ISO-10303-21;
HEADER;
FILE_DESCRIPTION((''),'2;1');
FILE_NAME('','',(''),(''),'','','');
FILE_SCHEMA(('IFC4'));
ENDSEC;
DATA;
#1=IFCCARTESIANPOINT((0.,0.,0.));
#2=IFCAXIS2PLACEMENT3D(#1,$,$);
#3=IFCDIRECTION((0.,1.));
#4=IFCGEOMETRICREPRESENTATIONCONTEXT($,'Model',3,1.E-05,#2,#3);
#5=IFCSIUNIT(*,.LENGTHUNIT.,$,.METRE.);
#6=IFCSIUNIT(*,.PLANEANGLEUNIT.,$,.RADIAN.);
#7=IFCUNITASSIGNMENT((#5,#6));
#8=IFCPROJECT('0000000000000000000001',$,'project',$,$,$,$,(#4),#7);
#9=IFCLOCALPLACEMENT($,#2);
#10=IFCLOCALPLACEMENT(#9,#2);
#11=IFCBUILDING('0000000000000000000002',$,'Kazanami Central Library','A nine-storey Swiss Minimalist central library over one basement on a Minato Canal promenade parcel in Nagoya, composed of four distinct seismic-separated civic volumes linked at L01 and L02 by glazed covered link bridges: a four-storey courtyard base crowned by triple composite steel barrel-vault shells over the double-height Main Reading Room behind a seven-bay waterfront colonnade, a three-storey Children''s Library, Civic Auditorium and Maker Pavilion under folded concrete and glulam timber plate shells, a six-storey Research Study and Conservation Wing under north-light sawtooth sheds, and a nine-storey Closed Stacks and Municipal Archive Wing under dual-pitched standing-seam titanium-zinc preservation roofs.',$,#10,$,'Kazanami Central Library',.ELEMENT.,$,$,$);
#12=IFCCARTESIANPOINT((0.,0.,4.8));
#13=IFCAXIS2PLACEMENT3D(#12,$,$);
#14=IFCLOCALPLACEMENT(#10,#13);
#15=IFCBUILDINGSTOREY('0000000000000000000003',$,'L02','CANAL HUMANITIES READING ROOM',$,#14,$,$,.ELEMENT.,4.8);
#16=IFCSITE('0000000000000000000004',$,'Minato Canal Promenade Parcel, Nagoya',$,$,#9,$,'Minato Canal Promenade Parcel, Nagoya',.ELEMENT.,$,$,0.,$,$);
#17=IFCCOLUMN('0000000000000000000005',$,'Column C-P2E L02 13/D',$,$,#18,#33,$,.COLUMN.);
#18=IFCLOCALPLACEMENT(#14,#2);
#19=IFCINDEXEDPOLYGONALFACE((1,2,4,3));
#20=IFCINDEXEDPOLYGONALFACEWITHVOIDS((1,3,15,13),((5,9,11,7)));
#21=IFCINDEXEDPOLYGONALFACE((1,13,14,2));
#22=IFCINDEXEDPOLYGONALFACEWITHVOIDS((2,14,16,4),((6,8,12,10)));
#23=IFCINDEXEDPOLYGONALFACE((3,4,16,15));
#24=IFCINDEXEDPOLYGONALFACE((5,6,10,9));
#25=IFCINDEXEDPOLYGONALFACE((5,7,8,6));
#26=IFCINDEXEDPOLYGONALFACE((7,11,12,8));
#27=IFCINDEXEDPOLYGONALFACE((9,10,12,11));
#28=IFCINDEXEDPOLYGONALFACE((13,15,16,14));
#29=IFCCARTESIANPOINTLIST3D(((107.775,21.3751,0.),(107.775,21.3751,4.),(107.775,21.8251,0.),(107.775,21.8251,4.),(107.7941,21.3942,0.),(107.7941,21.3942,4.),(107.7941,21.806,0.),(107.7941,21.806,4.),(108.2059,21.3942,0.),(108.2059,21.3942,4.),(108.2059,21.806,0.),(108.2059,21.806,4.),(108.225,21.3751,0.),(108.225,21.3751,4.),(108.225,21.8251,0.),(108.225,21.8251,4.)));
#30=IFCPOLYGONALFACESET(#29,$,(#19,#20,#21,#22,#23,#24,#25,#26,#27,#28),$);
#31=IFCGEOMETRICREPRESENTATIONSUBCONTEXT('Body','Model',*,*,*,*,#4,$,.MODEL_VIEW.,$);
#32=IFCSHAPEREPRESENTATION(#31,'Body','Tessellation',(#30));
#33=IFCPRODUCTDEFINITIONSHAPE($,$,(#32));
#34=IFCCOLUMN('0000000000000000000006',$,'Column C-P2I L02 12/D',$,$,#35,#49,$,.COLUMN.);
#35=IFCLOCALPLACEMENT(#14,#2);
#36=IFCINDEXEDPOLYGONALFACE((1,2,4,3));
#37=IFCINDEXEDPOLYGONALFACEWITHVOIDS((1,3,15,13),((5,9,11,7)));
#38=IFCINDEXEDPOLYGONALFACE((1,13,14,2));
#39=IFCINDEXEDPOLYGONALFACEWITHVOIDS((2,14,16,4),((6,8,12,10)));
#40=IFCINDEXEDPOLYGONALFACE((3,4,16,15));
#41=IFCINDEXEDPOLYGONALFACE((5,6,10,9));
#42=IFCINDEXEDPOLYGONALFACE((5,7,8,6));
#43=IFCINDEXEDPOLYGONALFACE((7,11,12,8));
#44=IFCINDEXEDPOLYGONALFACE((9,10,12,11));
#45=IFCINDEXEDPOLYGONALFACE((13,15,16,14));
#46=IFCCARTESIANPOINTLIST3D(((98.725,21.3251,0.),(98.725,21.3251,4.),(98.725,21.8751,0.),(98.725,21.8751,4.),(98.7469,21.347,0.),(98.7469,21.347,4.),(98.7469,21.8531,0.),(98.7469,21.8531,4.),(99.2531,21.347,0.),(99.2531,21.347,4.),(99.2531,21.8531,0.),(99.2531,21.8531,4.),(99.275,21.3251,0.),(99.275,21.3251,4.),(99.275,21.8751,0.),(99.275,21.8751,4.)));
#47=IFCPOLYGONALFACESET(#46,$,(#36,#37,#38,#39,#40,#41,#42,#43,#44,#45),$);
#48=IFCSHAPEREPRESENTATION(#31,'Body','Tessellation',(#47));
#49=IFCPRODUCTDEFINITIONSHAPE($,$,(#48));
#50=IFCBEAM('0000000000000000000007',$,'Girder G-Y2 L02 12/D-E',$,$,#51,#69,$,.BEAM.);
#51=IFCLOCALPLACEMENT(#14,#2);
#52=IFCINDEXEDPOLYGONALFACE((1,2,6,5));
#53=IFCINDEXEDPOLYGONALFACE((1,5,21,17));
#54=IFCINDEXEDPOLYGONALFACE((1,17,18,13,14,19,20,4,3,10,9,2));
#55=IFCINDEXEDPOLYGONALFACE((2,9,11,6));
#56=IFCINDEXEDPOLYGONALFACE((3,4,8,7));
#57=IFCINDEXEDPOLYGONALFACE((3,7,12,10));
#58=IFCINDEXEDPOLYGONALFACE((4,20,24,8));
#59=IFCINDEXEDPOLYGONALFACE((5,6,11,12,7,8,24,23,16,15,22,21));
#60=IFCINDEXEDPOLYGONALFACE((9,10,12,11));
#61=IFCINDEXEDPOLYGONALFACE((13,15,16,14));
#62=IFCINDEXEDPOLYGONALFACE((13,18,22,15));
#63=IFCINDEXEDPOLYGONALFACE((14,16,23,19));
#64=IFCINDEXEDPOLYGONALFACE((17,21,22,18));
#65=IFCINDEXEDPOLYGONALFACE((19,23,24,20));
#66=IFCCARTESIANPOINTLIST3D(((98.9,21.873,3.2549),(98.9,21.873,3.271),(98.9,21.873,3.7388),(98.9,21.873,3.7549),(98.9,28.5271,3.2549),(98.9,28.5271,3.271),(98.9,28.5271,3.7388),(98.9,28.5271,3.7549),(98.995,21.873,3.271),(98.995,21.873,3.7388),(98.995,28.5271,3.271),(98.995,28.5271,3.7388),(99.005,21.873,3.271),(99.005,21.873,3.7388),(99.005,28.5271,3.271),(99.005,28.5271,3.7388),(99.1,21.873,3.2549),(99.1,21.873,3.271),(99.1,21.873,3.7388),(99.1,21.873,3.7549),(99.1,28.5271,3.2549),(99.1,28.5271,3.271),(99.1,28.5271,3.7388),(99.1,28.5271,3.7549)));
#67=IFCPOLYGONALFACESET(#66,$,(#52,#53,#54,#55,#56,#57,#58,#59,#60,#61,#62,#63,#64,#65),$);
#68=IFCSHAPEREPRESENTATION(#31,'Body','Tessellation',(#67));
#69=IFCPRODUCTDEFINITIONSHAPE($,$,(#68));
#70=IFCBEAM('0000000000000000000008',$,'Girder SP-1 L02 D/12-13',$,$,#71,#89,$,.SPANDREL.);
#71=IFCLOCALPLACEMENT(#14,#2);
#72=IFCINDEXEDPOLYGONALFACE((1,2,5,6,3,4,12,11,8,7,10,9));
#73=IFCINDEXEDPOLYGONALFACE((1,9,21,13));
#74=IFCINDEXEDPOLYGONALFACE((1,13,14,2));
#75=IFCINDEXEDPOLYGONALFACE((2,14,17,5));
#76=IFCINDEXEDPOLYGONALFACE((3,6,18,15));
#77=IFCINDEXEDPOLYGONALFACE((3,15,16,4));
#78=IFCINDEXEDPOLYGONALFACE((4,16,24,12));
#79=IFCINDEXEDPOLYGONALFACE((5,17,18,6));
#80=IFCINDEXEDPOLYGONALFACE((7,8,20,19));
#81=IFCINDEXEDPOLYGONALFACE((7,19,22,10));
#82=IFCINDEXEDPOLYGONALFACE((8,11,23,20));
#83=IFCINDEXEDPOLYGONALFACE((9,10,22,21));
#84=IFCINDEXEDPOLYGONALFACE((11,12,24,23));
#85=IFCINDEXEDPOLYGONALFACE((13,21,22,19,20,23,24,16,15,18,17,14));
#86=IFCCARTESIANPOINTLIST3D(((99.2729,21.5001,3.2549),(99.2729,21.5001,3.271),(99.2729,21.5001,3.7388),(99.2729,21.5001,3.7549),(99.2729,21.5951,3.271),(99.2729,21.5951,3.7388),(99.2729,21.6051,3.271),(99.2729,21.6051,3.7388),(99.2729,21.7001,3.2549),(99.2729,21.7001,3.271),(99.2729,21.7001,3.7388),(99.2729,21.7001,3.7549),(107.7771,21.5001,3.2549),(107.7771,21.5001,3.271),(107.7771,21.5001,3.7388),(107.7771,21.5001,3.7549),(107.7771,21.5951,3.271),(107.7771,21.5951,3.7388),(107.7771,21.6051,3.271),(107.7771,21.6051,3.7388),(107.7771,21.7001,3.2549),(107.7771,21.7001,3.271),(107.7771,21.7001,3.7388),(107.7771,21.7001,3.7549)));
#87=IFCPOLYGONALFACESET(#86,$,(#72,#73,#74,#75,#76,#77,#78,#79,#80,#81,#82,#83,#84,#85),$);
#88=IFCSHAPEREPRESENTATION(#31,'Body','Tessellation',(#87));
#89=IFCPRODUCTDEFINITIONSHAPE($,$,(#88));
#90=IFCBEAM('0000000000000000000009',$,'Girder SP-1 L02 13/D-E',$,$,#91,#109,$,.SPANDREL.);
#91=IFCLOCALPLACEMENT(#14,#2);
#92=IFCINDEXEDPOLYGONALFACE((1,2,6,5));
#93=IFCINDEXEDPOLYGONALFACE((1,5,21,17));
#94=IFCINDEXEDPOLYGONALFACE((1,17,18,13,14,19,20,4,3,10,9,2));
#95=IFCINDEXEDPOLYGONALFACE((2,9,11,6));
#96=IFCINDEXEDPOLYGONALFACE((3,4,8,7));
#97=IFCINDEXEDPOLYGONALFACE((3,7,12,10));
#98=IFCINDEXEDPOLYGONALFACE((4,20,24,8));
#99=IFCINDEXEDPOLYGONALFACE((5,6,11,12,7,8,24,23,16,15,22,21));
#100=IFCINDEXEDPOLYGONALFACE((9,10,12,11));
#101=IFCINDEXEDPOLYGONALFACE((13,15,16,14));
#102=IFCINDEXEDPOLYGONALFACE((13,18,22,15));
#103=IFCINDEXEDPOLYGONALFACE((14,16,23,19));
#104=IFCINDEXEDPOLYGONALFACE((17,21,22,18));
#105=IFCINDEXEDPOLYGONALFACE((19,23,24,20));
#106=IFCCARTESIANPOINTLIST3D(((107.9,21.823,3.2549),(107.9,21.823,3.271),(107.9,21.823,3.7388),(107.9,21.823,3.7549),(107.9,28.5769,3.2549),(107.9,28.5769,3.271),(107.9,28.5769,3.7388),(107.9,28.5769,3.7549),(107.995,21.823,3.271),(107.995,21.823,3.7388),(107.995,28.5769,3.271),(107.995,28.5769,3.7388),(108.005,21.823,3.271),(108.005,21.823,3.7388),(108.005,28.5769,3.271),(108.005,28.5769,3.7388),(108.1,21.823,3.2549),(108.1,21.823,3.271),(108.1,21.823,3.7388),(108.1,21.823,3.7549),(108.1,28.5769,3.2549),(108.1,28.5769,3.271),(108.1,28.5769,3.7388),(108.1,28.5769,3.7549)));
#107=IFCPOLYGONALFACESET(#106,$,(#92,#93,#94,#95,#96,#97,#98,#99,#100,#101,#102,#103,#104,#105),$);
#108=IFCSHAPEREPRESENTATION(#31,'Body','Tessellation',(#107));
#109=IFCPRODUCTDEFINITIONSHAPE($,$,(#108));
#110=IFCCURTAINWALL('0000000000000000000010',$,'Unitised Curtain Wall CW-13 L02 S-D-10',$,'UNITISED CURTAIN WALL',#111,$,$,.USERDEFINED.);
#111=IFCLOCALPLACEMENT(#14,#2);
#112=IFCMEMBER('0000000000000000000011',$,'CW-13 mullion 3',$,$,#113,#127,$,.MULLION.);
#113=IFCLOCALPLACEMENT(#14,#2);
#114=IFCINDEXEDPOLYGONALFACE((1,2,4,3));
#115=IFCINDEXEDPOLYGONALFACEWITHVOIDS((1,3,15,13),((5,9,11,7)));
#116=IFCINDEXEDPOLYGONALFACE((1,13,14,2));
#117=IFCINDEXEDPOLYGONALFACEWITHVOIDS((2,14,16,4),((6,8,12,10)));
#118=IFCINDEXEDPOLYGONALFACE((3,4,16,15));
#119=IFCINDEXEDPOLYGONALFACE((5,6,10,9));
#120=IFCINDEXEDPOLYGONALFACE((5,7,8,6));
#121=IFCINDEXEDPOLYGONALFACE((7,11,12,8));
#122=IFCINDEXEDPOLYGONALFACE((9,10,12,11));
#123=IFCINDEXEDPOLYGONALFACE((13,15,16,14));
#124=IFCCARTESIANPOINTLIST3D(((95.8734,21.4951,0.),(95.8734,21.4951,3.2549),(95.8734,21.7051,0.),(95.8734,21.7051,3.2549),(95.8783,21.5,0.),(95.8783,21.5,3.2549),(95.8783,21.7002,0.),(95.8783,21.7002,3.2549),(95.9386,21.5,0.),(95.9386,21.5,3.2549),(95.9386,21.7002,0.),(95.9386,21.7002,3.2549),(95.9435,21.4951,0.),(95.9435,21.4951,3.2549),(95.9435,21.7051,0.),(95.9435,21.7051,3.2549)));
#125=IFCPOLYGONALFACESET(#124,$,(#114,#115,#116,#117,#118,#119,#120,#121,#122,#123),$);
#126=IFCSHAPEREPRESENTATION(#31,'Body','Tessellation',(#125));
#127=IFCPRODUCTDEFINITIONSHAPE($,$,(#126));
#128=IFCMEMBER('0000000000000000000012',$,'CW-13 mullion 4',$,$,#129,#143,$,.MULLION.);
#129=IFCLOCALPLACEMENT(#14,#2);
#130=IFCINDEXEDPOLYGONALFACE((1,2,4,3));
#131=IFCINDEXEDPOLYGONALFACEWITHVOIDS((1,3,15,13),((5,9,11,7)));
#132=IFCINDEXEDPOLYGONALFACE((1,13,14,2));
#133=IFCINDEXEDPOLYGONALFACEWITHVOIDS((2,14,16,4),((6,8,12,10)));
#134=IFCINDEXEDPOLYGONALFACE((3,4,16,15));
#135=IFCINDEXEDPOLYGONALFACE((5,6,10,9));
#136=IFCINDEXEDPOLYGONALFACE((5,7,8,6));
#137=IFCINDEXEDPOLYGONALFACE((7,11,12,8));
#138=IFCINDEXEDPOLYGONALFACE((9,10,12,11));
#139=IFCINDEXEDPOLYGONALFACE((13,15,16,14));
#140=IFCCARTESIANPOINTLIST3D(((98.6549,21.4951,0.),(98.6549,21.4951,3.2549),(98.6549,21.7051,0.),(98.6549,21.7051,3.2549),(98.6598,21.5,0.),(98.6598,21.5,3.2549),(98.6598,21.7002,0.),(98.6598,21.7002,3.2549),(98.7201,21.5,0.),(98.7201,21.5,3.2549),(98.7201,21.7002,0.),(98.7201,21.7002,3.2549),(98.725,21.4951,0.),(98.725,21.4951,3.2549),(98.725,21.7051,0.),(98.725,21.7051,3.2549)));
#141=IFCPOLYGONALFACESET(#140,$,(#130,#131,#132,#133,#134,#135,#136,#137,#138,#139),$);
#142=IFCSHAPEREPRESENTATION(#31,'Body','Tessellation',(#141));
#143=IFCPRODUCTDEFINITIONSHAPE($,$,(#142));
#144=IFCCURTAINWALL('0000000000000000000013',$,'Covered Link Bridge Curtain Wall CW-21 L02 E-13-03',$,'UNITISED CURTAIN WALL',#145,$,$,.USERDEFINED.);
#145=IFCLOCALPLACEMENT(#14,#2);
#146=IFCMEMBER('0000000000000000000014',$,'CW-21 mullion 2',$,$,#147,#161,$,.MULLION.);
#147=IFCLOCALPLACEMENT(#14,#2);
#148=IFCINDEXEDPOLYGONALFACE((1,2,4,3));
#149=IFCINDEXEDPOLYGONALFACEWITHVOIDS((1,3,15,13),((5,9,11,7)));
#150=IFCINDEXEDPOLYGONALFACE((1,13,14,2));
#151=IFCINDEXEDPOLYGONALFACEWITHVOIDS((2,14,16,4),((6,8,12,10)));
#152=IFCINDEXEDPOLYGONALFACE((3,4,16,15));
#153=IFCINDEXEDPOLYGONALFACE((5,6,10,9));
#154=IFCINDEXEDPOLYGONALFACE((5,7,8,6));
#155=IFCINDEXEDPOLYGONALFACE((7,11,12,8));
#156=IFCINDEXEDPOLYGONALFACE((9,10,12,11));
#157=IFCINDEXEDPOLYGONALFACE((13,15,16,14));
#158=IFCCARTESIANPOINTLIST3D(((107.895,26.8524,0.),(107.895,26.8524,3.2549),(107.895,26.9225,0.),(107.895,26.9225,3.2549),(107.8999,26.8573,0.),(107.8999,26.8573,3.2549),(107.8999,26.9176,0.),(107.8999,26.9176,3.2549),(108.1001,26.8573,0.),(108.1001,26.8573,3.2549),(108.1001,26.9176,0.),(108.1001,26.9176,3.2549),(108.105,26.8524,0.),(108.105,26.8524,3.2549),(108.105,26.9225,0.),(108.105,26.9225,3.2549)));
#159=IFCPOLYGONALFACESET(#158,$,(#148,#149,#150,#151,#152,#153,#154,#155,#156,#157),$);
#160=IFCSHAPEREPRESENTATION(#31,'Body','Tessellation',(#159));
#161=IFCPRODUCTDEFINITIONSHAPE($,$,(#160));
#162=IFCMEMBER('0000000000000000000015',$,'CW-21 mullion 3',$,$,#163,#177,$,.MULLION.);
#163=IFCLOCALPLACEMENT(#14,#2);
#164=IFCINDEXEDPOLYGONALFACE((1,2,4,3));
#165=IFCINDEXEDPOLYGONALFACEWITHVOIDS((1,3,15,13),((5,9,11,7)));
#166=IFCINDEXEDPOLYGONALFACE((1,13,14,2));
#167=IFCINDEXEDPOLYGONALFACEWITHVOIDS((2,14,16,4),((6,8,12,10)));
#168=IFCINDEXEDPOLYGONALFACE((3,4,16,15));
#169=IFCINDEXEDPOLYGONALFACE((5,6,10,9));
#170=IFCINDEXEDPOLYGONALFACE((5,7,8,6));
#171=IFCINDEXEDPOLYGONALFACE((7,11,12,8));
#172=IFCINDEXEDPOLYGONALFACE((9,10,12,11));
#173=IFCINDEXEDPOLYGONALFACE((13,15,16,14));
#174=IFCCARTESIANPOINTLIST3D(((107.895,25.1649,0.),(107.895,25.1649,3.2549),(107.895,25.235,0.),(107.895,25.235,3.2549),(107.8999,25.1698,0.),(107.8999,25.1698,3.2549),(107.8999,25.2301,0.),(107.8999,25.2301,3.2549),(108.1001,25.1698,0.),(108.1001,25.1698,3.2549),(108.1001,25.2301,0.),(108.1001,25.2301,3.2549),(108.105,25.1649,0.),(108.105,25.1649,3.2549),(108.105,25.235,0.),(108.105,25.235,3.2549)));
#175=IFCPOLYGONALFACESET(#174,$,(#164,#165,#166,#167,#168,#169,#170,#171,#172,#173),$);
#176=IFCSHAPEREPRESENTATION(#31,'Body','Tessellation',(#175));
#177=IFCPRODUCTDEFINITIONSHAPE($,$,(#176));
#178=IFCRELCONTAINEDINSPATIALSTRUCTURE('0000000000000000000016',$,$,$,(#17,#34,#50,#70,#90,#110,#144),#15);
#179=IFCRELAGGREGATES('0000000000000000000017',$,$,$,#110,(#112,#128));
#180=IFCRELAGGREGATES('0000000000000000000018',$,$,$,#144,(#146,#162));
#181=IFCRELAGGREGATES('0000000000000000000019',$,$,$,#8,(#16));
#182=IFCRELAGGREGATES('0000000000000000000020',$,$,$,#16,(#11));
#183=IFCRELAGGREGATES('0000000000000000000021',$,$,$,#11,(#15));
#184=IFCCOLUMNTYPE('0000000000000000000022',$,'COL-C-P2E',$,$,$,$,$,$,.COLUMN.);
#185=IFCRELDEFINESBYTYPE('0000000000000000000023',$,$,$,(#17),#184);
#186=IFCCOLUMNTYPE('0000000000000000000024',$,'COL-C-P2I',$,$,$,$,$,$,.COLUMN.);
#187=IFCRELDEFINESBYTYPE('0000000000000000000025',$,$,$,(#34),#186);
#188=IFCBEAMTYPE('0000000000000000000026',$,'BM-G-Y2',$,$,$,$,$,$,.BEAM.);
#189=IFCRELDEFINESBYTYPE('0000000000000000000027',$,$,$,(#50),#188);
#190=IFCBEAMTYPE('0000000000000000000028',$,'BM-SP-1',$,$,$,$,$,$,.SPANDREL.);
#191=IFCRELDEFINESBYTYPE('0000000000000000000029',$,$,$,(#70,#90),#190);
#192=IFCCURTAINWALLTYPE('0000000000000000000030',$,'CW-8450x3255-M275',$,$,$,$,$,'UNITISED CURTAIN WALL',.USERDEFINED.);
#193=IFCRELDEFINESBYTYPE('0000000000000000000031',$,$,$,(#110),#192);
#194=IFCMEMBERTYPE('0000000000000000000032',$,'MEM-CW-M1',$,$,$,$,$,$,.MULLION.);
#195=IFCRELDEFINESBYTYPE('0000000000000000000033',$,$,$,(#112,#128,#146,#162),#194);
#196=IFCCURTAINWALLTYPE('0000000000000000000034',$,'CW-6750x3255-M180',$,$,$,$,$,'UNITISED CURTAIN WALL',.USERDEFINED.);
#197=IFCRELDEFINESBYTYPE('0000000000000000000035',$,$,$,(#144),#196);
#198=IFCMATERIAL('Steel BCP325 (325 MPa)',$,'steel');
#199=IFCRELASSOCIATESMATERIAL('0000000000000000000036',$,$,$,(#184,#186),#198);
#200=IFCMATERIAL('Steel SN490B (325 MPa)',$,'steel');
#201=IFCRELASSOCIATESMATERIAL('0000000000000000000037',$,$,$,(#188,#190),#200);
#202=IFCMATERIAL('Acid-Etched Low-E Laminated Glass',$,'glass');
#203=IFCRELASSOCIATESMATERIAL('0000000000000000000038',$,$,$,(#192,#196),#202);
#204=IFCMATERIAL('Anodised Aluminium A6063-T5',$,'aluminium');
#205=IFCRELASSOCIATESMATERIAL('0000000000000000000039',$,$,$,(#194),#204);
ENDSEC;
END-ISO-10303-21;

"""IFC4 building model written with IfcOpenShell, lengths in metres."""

from ifc_helpers import new_model, si_unit, direction, frame, origin, origin_2d, place, context, subcontext, project, spatial, hollow_rectangle, i_section, extrude, material, material_profile, profile_set, type_object, element, aggregate, save


model = new_model("IFC4")

# Units and contexts
model_context = context("Model", 3, precision=1e-05, world=origin(), true_north=direction((0.0, 1.0)))
body_context = subcontext(model_context, "Body", "Model", "MODEL_VIEW")
ifc_project = project(units=[si_unit("LENGTHUNIT", "METRE"), si_unit("PLANEANGLEUNIT", "RADIAN")], contexts=[model_context])

# Site, building, storey
site_placement = place(None, origin())
site = spatial("IfcSite", under=ifc_project, at=site_placement, Name="Minato Canal Promenade Parcel, Nagoya", LongName="Minato Canal Promenade Parcel, Nagoya", CompositionType="ELEMENT", RefElevation=0.0)
building_placement = place(site_placement, origin())
building = spatial("IfcBuilding", under=site, at=building_placement, Name="Kazanami Central Library", Description="A nine-storey Swiss Minimalist central library over one basement on a Minato Canal promenade parcel in Nagoya, composed of four distinct seismic-separated civic volumes linked at L01 and L02 by glazed covered link bridges: a four-storey courtyard base crowned by triple composite steel barrel-vault shells over the double-height Main Reading Room behind a seven-bay waterfront colonnade, a three-storey Children's Library, Civic Auditorium and Maker Pavilion under folded concrete and glulam timber plate shells, a six-storey Research Study and Conservation Wing under north-light sawtooth sheds, and a nine-storey Closed Stacks and Municipal Archive Wing under dual-pitched standing-seam titanium-zinc preservation roofs.", LongName="Kazanami Central Library", CompositionType="ELEMENT")
storey_placement = place(building_placement, frame((0.0, 0.0, 4.8)))
storey = spatial("IfcBuildingStorey", under=building, at=storey_placement, Name="L02", Description="CANAL HUMANITIES READING ROOM", CompositionType="ELEMENT", Elevation=4.8)

# Columns
ifc_material_1 = material(Name="Steel BCP325 (325 MPa)", Category="steel")
ifc_material_profile_1 = material_profile(ifc_material_1, hollow_rectangle(XDim=0.45, YDim=0.45, WallThickness=0.019, at=origin_2d()), Name="BCP-450x450x19")
ifc_profile_set_1 = profile_set([ifc_material_profile_1], Name="Steel BCP325 (325 MPa)")
column_type_1 = type_object("IfcColumnType", Name="COL-C-P2E", PredefinedType="COLUMN", material=ifc_profile_set_1)
column_1_placement = place(storey_placement, frame((108.0, 21.6001, 0.0), z_axis=(0.0, 0.0, 1.0), x_axis=(1.0, 0.0, 0.0)))
element("IfcColumn", 1, at=column_1_placement, inside=storey, type_object=column_type_1, Name="Column C-P2E L02 13/D", PredefinedType="COLUMN", context=body_context, shape_type="SweptSolid", body=[
    extrude(hollow_rectangle(XDim=0.45, YDim=0.45, WallThickness=0.019, at=origin_2d()), origin(), (0.0, 0.0, 1.0), 4.0),
])
ifc_material_profile_2 = material_profile(ifc_material_1, hollow_rectangle(XDim=0.55, YDim=0.55, WallThickness=0.022, at=origin_2d()), Name="BCP-550x550x22")
ifc_profile_set_2 = profile_set([ifc_material_profile_2], Name="Steel BCP325 (325 MPa)")
column_type_2 = type_object("IfcColumnType", Name="COL-C-P2I", PredefinedType="COLUMN", material=ifc_profile_set_2)
column_2_placement = place(storey_placement, frame((99.0, 21.6001, 0.0), z_axis=(0.0, 0.0, 1.0), x_axis=(1.0, 0.0, 0.0)))
element("IfcColumn", 2, at=column_2_placement, inside=storey, type_object=column_type_2, Name="Column C-P2I L02 12/D", PredefinedType="COLUMN", context=body_context, shape_type="SweptSolid", body=[
    extrude(hollow_rectangle(XDim=0.55, YDim=0.55, WallThickness=0.022, at=origin_2d()), origin(), (0.0, 0.0, 1.0), 4.0),
])

# Beams
ifc_material_2 = material(Name="Steel SN490B (325 MPa)", Category="steel")
ifc_material_profile_3 = material_profile(ifc_material_2, i_section(OverallWidth=0.2, OverallDepth=0.5, WebThickness=0.01, FlangeThickness=0.0161, at=origin_2d()), Name="H-500x200x10x16")
ifc_profile_set_3 = profile_set([ifc_material_profile_3], Name="Steel SN490B (325 MPa)")
beam_type_1 = type_object("IfcBeamType", Name="BM-G-Y2", PredefinedType="BEAM", material=ifc_profile_set_3)
beam_1_placement = place(storey_placement, frame((99.0, 21.873, 3.5049), z_axis=(0.0, 1.0, 0.0), x_axis=(-1.0, 0.0, 0.0)))
element("IfcBeam", 3, at=beam_1_placement, inside=storey, type_object=beam_type_1, Name="Girder G-Y2 L02 12/D-E", PredefinedType="BEAM", context=body_context, shape_type="SweptSolid", body=[
    extrude(i_section(OverallWidth=0.2, OverallDepth=0.5, WebThickness=0.01, FlangeThickness=0.0161, at=origin_2d()), origin(), (0.0, 0.0, 1.0), 6.6541),
])
ifc_material_profile_4 = material_profile(ifc_material_2, i_section(OverallWidth=0.2, OverallDepth=0.5, WebThickness=0.01, FlangeThickness=0.0161, at=origin_2d()), Name="H-500x200x10x16")
ifc_profile_set_4 = profile_set([ifc_material_profile_4], Name="Steel SN490B (325 MPa)")
beam_type_2 = type_object("IfcBeamType", Name="BM-SP-1", PredefinedType="SPANDREL", material=ifc_profile_set_4)
beam_2_placement = place(storey_placement, frame((99.2729, 21.6001, 3.5049), z_axis=(1.0, 0.0, 0.0), x_axis=(0.0, 1.0, 0.0)))
element("IfcBeam", 4, at=beam_2_placement, inside=storey, type_object=beam_type_2, Name="Girder SP-1 L02 D/12-13", PredefinedType="SPANDREL", context=body_context, shape_type="SweptSolid", body=[
    extrude(i_section(OverallWidth=0.2, OverallDepth=0.5, WebThickness=0.01, FlangeThickness=0.0161, at=origin_2d()), origin(), (0.0, 0.0, 1.0), 8.5042),
])
beam_3_placement = place(storey_placement, frame((108.0, 21.823, 3.5049), z_axis=(0.0, 1.0, 0.0), x_axis=(-1.0, 0.0, 0.0)))
element("IfcBeam", 5, at=beam_3_placement, inside=storey, type_object=beam_type_2, Name="Girder SP-1 L02 13/D-E", PredefinedType="SPANDREL", context=body_context, shape_type="SweptSolid", body=[
    extrude(i_section(OverallWidth=0.2, OverallDepth=0.5, WebThickness=0.01, FlangeThickness=0.0161, at=origin_2d()), origin(), (0.0, 0.0, 1.0), 6.7539),
])

# Curtain walls, members
ifc_material_3 = material(Name="Acid-Etched Low-E Laminated Glass", Category="glass")
curtain_wall_type_1 = type_object("IfcCurtainWallType", Name="CW-8450x3255-M275", ElementType="UNITISED CURTAIN WALL", PredefinedType="USERDEFINED", material=ifc_material_3)
curtain_wall_1_placement = place(storey_placement, origin())
curtain_wall_1 = element("IfcCurtainWall", 6, at=curtain_wall_1_placement, inside=storey, type_object=curtain_wall_type_1, Name="Unitised Curtain Wall CW-13 L02 S-D-10", ObjectType="UNITISED CURTAIN WALL", PredefinedType="USERDEFINED")
ifc_material_4 = material(Name="Anodised Aluminium A6063-T5", Category="aluminium")
ifc_material_profile_5 = material_profile(ifc_material_4, hollow_rectangle(XDim=0.0701, YDim=0.21, WallThickness=0.0049, at=origin_2d()), Name="ALU-MULL-70x210x5")
ifc_profile_set_5 = profile_set([ifc_material_profile_5], Name="Anodised Aluminium A6063-T5")
member_type_1 = type_object("IfcMemberType", Name="MEM-CW-M1", PredefinedType="MULLION", material=ifc_profile_set_5)
member_1_placement = place(storey_placement, frame((95.9084, 21.6001, 0.0), z_axis=(0.0, 0.0, 1.0), x_axis=(1.0, 0.0, 0.0)))
member_1 = element("IfcMember", 7, at=member_1_placement, type_object=member_type_1, Name="CW-13 mullion 3", PredefinedType="MULLION", context=body_context, shape_type="SweptSolid", body=[
    extrude(hollow_rectangle(XDim=0.0701, YDim=0.21, WallThickness=0.0049, at=origin_2d()), origin(), (0.0, 0.0, 1.0), 3.2549),
])
member_2_placement = place(storey_placement, frame((98.6899, 21.6001, 0.0), z_axis=(0.0, 0.0, 1.0), x_axis=(1.0, 0.0, 0.0)))
member_2 = element("IfcMember", 8, at=member_2_placement, type_object=member_type_1, Name="CW-13 mullion 4", PredefinedType="MULLION", context=body_context, shape_type="SweptSolid", body=[
    extrude(hollow_rectangle(XDim=0.0701, YDim=0.21, WallThickness=0.0049, at=origin_2d()), origin(), (0.0, 0.0, 1.0), 3.2549),
])
curtain_wall_type_2 = type_object("IfcCurtainWallType", Name="CW-6750x3255-M180", ElementType="UNITISED CURTAIN WALL", PredefinedType="USERDEFINED", material=ifc_material_3)
curtain_wall_2_placement = place(storey_placement, origin())
curtain_wall_2 = element("IfcCurtainWall", 9, at=curtain_wall_2_placement, inside=storey, type_object=curtain_wall_type_2, Name="Covered Link Bridge Curtain Wall CW-21 L02 E-13-03", ObjectType="UNITISED CURTAIN WALL", PredefinedType="USERDEFINED")
member_3_placement = place(storey_placement, frame((108.0, 26.8875, 0.0), z_axis=(0.0, 0.0, 1.0), x_axis=(0.0, -1.0, 0.0)))
member_3 = element("IfcMember", 10, at=member_3_placement, type_object=member_type_1, Name="CW-21 mullion 2", PredefinedType="MULLION", context=body_context, shape_type="SweptSolid", body=[
    extrude(hollow_rectangle(XDim=0.0701, YDim=0.21, WallThickness=0.0049, at=origin_2d()), origin(), (0.0, 0.0, 1.0), 3.2549),
])
member_4_placement = place(storey_placement, frame((108.0, 25.2, 0.0), z_axis=(0.0, 0.0, 1.0), x_axis=(0.0, -1.0, 0.0)))
member_4 = element("IfcMember", 11, at=member_4_placement, type_object=member_type_1, Name="CW-21 mullion 3", PredefinedType="MULLION", context=body_context, shape_type="SweptSolid", body=[
    extrude(hollow_rectangle(XDim=0.0701, YDim=0.21, WallThickness=0.0049, at=origin_2d()), origin(), (0.0, 0.0, 1.0), 3.2549),
])

aggregate(curtain_wall_1, [member_1, member_2])
aggregate(curtain_wall_2, [member_3, member_4])

save(model, "model.ifc")
